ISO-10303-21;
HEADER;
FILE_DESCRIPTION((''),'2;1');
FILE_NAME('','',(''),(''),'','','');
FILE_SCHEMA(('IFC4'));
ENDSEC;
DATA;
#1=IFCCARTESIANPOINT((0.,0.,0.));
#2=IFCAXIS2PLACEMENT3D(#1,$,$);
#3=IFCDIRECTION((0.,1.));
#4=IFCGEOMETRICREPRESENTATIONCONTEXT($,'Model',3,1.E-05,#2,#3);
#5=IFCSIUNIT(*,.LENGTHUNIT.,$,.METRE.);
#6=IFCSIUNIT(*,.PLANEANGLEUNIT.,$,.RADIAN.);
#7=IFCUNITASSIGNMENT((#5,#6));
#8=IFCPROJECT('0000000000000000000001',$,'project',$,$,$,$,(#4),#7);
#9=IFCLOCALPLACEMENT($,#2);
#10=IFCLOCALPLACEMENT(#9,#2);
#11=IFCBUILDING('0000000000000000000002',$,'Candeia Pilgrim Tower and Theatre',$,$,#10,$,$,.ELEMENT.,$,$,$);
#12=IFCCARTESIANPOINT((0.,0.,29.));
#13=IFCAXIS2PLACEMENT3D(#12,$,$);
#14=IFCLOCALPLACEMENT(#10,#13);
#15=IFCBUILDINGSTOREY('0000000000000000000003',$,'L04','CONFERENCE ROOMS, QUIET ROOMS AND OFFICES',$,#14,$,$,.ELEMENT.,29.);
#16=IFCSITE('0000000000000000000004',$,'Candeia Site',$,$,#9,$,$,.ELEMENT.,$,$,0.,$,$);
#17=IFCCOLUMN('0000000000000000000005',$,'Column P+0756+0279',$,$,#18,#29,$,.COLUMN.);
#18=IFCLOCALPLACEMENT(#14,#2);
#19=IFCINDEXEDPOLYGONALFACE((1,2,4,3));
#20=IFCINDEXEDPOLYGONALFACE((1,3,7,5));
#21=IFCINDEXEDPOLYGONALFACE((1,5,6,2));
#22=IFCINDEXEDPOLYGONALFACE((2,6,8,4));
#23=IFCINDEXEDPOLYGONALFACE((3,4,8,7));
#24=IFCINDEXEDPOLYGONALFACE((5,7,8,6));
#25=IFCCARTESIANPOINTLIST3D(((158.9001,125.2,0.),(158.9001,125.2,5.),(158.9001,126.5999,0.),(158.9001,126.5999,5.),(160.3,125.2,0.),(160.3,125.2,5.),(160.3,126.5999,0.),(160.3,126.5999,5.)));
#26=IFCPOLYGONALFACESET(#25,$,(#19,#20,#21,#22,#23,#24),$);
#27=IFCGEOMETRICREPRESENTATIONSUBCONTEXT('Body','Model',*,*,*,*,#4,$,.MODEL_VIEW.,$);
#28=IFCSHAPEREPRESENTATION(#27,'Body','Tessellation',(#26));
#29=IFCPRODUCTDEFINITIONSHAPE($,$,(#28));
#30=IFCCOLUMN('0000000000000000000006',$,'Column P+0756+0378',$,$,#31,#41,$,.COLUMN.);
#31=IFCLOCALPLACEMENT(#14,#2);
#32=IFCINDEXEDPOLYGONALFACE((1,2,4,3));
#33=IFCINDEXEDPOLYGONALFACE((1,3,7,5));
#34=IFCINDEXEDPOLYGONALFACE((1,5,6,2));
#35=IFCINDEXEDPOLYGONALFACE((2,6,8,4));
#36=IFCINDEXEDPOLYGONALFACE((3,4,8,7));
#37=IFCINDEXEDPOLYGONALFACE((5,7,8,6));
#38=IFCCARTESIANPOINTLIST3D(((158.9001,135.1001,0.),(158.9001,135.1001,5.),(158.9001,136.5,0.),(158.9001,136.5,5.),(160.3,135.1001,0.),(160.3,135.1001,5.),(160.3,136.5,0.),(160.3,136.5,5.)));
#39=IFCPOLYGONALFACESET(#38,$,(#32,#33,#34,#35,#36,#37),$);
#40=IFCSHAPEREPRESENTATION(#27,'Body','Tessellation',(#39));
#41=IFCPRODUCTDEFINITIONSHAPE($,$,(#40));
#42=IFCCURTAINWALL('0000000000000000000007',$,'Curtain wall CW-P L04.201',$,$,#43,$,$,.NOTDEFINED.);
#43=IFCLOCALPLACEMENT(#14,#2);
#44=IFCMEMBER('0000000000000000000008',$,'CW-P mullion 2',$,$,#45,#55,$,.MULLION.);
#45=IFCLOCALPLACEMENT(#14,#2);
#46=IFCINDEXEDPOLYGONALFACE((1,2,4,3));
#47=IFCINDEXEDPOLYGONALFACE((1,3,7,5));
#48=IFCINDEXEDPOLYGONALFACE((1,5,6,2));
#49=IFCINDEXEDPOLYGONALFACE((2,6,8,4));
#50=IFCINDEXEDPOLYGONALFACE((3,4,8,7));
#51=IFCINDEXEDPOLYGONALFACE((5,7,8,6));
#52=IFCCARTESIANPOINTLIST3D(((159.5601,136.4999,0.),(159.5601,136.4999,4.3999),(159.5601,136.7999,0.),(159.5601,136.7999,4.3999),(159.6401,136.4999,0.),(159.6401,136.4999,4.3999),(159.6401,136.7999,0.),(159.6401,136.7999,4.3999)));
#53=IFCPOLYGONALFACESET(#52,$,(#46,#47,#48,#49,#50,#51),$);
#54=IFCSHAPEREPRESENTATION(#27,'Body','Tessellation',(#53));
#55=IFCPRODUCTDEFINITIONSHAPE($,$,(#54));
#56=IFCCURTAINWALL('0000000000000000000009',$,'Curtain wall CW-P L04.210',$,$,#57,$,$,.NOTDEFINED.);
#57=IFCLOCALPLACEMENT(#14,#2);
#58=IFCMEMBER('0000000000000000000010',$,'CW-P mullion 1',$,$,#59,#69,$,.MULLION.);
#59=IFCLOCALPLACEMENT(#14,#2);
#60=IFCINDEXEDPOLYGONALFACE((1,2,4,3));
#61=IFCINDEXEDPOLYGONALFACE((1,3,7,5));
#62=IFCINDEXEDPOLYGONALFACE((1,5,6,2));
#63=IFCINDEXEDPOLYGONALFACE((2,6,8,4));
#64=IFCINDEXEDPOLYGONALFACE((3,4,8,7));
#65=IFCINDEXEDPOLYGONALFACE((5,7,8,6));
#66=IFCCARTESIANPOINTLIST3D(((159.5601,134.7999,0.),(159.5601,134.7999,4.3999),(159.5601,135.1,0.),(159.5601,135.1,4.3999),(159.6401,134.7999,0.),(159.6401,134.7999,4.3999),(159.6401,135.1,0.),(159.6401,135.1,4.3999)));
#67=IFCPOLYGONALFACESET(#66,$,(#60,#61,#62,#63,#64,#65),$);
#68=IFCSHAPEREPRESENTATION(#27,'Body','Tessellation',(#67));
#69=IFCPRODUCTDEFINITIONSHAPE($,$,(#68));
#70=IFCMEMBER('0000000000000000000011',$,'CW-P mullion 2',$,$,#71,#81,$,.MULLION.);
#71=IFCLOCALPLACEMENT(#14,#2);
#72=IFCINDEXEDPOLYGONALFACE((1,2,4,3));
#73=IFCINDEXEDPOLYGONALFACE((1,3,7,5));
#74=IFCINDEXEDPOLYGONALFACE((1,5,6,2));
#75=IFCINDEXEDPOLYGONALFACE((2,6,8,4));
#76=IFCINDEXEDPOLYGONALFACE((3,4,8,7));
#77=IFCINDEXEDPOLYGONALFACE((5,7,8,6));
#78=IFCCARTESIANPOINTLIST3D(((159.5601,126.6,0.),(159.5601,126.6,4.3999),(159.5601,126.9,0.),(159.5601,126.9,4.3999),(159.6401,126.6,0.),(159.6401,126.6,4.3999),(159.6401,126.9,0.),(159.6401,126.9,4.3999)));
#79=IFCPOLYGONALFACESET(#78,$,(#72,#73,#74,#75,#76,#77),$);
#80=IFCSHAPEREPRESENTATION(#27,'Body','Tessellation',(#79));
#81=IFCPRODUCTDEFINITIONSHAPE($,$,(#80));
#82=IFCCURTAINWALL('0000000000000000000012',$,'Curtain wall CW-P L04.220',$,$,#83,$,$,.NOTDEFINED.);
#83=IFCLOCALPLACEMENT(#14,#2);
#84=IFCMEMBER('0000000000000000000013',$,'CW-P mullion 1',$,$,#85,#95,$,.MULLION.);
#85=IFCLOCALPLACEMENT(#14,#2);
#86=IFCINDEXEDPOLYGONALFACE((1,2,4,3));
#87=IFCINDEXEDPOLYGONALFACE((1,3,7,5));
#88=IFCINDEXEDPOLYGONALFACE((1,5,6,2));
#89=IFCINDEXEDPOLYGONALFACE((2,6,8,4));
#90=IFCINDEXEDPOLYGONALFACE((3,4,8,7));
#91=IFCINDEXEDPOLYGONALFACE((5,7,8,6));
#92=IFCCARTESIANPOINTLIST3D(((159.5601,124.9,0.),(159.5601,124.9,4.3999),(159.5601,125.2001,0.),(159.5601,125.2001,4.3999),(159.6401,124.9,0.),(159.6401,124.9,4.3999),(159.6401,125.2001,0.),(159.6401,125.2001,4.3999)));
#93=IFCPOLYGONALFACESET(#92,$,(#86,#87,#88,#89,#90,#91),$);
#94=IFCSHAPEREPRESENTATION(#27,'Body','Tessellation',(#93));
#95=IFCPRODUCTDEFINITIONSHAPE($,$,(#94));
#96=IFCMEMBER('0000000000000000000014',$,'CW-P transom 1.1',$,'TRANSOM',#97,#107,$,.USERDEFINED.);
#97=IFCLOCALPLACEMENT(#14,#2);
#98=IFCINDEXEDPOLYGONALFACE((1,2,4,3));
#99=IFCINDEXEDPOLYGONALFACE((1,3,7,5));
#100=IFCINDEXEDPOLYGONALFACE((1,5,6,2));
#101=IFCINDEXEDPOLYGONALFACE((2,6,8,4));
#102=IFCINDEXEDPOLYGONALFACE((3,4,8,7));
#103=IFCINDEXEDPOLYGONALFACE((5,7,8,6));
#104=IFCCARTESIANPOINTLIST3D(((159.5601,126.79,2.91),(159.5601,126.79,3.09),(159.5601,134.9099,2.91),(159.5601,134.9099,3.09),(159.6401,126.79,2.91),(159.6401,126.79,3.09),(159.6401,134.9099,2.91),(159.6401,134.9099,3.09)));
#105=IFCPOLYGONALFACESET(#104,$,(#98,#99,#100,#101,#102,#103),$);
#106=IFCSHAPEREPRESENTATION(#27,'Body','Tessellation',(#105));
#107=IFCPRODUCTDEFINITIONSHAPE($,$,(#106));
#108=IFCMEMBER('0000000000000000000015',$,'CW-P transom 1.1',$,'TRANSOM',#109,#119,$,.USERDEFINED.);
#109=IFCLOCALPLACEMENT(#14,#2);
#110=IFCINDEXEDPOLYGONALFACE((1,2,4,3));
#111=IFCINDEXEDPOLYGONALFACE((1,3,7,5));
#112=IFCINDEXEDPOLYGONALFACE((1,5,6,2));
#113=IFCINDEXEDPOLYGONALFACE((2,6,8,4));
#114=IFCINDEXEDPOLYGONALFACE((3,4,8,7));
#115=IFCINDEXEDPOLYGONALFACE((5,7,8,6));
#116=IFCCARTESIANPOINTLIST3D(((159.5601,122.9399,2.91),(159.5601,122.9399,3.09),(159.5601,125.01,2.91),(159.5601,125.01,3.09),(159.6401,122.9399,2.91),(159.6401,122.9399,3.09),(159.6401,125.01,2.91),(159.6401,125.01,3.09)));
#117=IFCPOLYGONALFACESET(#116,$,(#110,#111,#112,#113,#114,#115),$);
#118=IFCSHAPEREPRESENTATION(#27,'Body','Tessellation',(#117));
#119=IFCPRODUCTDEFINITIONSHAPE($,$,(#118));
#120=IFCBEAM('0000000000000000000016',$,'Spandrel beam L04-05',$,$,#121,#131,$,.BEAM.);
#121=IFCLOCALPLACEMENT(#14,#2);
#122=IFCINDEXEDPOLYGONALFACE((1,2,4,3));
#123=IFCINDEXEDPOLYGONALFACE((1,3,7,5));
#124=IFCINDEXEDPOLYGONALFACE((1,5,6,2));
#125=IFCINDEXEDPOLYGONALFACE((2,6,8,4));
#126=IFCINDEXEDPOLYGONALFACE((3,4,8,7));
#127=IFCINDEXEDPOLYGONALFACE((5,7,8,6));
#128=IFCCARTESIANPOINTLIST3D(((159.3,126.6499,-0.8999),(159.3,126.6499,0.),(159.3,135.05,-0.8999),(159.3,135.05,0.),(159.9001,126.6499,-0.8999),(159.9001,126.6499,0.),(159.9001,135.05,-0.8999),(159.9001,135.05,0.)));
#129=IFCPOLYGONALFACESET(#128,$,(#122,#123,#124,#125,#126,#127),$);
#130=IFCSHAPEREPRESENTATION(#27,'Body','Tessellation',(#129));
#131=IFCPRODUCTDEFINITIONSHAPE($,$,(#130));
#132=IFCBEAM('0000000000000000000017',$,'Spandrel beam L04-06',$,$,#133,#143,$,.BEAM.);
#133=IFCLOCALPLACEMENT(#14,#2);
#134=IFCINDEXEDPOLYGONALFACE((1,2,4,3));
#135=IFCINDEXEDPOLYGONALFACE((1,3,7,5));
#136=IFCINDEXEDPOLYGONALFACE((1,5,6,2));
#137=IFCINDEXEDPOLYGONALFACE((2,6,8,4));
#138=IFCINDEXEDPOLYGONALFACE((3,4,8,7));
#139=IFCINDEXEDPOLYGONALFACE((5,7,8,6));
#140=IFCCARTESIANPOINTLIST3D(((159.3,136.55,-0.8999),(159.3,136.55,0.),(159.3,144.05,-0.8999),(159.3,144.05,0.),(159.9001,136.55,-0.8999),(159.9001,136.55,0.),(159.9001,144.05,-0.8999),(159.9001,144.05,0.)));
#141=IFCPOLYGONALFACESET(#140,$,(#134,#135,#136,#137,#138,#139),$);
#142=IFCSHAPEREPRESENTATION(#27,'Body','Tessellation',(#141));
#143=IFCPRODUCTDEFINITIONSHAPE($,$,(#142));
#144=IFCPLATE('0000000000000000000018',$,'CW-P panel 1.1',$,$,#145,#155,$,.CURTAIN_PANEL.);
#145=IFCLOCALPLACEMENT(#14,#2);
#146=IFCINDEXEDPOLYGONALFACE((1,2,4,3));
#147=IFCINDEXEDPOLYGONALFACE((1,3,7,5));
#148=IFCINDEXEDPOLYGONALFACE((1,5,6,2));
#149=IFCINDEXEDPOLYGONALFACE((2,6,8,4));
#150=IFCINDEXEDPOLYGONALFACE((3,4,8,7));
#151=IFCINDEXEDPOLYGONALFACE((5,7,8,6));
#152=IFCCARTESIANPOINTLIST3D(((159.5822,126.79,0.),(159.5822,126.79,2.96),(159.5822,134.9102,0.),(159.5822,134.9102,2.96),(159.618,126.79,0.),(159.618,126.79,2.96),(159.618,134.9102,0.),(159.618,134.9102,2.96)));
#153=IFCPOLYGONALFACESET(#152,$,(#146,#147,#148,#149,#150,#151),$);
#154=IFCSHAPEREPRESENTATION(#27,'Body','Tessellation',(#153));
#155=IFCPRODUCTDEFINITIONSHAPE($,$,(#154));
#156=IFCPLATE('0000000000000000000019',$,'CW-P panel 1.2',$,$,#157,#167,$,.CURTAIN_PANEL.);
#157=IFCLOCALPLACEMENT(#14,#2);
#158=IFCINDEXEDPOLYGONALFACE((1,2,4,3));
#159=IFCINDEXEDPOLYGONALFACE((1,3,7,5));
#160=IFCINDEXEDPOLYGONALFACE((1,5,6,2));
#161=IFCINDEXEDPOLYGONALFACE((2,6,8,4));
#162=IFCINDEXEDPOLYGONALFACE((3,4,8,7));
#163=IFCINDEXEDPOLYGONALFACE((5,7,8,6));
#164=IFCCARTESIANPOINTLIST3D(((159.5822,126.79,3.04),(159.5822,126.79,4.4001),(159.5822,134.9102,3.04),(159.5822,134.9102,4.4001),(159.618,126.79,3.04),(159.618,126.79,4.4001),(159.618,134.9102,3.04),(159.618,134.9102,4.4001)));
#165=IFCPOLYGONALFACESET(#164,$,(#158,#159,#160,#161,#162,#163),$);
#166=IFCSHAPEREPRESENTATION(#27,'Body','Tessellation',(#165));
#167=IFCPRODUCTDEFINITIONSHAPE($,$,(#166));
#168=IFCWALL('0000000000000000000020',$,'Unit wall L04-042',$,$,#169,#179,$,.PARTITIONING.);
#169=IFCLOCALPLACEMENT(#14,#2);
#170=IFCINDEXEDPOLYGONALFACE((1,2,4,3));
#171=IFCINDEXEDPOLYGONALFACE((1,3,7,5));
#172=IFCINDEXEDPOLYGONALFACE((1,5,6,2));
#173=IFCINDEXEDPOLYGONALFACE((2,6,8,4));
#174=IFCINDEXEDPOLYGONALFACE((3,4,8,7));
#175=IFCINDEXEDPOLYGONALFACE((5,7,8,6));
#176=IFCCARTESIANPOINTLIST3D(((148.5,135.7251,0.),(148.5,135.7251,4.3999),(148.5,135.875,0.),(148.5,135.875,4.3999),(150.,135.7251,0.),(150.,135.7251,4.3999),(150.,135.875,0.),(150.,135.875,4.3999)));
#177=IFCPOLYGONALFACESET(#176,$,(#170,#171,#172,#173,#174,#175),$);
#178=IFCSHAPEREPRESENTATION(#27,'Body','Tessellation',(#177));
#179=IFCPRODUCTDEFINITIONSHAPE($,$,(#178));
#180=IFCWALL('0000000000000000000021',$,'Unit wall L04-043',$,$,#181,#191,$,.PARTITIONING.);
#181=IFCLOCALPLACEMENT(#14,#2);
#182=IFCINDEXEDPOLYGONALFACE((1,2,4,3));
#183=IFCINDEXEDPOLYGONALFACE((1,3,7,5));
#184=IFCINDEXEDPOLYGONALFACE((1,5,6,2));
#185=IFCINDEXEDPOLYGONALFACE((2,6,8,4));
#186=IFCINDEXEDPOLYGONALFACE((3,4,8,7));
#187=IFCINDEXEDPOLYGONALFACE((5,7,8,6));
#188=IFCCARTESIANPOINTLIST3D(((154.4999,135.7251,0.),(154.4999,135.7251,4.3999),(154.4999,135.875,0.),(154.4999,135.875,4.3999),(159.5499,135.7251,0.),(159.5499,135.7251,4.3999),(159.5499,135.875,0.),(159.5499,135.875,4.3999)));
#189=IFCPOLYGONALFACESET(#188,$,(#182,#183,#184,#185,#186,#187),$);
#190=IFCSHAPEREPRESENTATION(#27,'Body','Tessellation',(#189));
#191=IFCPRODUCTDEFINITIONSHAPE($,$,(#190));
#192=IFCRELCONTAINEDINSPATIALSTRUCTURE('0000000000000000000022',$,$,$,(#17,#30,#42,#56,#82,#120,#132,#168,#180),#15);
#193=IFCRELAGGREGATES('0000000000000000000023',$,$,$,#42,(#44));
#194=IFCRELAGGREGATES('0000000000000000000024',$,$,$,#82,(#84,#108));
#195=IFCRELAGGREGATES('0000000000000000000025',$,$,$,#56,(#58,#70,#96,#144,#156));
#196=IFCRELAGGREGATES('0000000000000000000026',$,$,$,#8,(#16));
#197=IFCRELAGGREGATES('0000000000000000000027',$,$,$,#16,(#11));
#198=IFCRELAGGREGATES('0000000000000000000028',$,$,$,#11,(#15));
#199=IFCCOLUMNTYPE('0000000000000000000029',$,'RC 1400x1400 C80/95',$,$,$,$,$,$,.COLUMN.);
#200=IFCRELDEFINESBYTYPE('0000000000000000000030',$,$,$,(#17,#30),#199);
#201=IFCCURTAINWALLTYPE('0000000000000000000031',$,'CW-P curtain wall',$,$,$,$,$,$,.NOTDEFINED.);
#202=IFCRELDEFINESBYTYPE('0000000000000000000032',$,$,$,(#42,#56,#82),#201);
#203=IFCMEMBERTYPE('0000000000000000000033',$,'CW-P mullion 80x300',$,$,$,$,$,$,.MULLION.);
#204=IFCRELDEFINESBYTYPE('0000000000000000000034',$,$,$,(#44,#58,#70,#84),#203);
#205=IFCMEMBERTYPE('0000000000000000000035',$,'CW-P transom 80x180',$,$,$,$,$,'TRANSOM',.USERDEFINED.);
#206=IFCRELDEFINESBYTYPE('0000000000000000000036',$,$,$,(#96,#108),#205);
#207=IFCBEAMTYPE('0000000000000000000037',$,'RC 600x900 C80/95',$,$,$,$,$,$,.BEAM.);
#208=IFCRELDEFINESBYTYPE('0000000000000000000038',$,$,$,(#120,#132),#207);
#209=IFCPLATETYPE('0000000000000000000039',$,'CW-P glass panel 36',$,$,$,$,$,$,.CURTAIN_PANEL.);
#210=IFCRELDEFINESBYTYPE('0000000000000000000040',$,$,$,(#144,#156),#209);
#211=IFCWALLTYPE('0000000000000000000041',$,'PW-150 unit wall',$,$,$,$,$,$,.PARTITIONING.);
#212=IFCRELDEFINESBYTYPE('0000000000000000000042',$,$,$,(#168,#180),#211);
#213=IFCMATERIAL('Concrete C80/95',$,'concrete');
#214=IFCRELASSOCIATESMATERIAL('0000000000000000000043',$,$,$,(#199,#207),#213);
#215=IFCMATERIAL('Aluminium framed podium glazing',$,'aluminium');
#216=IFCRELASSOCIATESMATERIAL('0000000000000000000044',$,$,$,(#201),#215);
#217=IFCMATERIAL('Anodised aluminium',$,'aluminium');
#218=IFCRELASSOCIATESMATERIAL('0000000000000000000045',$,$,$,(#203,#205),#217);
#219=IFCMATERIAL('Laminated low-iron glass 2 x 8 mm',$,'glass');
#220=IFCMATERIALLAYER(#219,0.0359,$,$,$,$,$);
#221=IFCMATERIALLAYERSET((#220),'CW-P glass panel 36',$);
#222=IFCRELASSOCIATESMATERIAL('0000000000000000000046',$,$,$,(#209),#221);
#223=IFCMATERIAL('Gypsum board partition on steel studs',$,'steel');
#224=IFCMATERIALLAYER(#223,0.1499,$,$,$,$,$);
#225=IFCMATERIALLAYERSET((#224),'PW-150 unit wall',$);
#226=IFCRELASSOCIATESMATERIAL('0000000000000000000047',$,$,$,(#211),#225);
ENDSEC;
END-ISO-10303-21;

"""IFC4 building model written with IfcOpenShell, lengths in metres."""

from ifc_helpers import new_model, si_unit, direction, frame, frame_2d, origin, origin_2d, place, context, subcontext, project, spatial, rectangle, extrude, material, layer, layer_set, material_profile, profile_set, type_object, element, aggregate, save


model = new_model("IFC4")

# Units and contexts
model_context = context("Model", 3, precision=1e-05, world=origin(), true_north=direction((0.0, 1.0)))
body_context = subcontext(model_context, "Body", "Model", "MODEL_VIEW")
ifc_project = project(units=[si_unit("LENGTHUNIT", "METRE"), si_unit("PLANEANGLEUNIT", "RADIAN")], contexts=[model_context])

# Site, building, storey
site_placement = place(None, origin())
site = spatial("IfcSite", under=ifc_project, at=site_placement, Name="Candeia Site", CompositionType="ELEMENT", RefElevation=0.0)
building_placement = place(site_placement, origin())
building = spatial("IfcBuilding", under=site, at=building_placement, Name="Candeia Pilgrim Tower and Theatre", CompositionType="ELEMENT")
storey_placement = place(building_placement, frame((0.0, 0.0, 29.0)))
storey = spatial("IfcBuildingStorey", under=building, at=storey_placement, Name="L04", Description="CONFERENCE ROOMS, QUIET ROOMS AND OFFICES", CompositionType="ELEMENT", Elevation=29.0)

# Columns
ifc_material_1 = material(Name="Concrete C80/95", Category="concrete")
ifc_material_profile_1 = material_profile(ifc_material_1, rectangle(XDim=1.3999, YDim=1.3999, at=origin_2d()))
ifc_profile_set_1 = profile_set([ifc_material_profile_1], Name="Concrete C80/95")
column_type = type_object("IfcColumnType", Name="RC 1400x1400 C80/95", PredefinedType="COLUMN", material=ifc_profile_set_1)
for number, where, z_axis, x_axis, name in (
    (1, (159.6001, 125.8999, 0.0), (0.0, 0.0, 1.0), (1.0, 0.0, 0.0), "Column P+0756+0279"),
    (2, (159.6001, 135.8, 0.0), (0.0, 0.0, 1.0), (1.0, 0.0, 0.0), "Column P+0756+0378"),
):
    element("IfcColumn", number, at=place(storey_placement, frame(where, z_axis=z_axis, x_axis=x_axis)), inside=storey, type_object=column_type, Name=name, PredefinedType="COLUMN", context=body_context, shape_type="SweptSolid", body=[
        extrude(rectangle(XDim=1.3999, YDim=1.3999, at=origin_2d()), origin(), (0.0, 0.0, 1.0), 5.0),
    ])

# Curtain wall, member
ifc_material_2 = material(Name="Aluminium framed podium glazing", Category="aluminium")
curtain_wall_type = type_object("IfcCurtainWallType", Name="CW-P curtain wall", PredefinedType="NOTDEFINED", material=ifc_material_2)
curtain_wall_1_placement = place(storey_placement, origin())
curtain_wall_1 = element("IfcCurtainWall", 3, at=curtain_wall_1_placement, inside=storey, type_object=curtain_wall_type, Name="Curtain wall CW-P L04.201", PredefinedType="NOTDEFINED")
ifc_material_3 = material(Name="Anodised aluminium", Category="aluminium")
ifc_material_profile_2 = material_profile(ifc_material_3, rectangle(XDim=0.0801, YDim=0.3, at=origin_2d()))
ifc_profile_set_2 = profile_set([ifc_material_profile_2], Name="Anodised aluminium")
member_type_1 = type_object("IfcMemberType", Name="CW-P mullion 80x300", PredefinedType="MULLION", material=ifc_profile_set_2)
member_1_placement = place(storey_placement, frame((159.6001, 136.6499, 0.0), z_axis=(0.0, 0.0, 1.0), x_axis=(1.0, 0.0, 0.0)))
member_1 = element("IfcMember", 4, at=member_1_placement, type_object=member_type_1, Name="CW-P mullion 2", PredefinedType="MULLION", context=body_context, shape_type="SweptSolid", body=[
    extrude(rectangle(XDim=0.0801, YDim=0.3, at=origin_2d()), origin(), (0.0, 0.0, 1.0), 4.3999),
])
aggregate(curtain_wall_1, [member_1])

# Curtain wall, members
curtain_wall_2_placement = place(storey_placement, origin())
curtain_wall_2 = element("IfcCurtainWall", 5, at=curtain_wall_2_placement, inside=storey, type_object=curtain_wall_type, Name="Curtain wall CW-P L04.210", PredefinedType="NOTDEFINED")
member_2_placement = place(storey_placement, frame((159.6001, 134.95, 0.0), z_axis=(0.0, 0.0, 1.0), x_axis=(1.0, 0.0, 0.0)))
member_2 = element("IfcMember", 6, at=member_2_placement, type_object=member_type_1, Name="CW-P mullion 1", PredefinedType="MULLION", context=body_context, shape_type="SweptSolid", body=[
    extrude(rectangle(XDim=0.0801, YDim=0.3, at=origin_2d()), origin(), (0.0, 0.0, 1.0), 4.3999),
])
member_3_placement = place(storey_placement, frame((159.6001, 126.75, 0.0), z_axis=(0.0, 0.0, 1.0), x_axis=(1.0, 0.0, 0.0)))
member_3 = element("IfcMember", 7, at=member_3_placement, type_object=member_type_1, Name="CW-P mullion 2", PredefinedType="MULLION", context=body_context, shape_type="SweptSolid", body=[
    extrude(rectangle(XDim=0.0801, YDim=0.3, at=origin_2d()), origin(), (0.0, 0.0, 1.0), 4.3999),
])

# Curtain wall, member
curtain_wall_3_placement = place(storey_placement, origin())
curtain_wall_3 = element("IfcCurtainWall", 8, at=curtain_wall_3_placement, inside=storey, type_object=curtain_wall_type, Name="Curtain wall CW-P L04.220", PredefinedType="NOTDEFINED")
member_4_placement = place(storey_placement, frame((159.6001, 125.05, 0.0), z_axis=(0.0, 0.0, 1.0), x_axis=(1.0, 0.0, 0.0)))
member_4 = element("IfcMember", 9, at=member_4_placement, type_object=member_type_1, Name="CW-P mullion 1", PredefinedType="MULLION", context=body_context, shape_type="SweptSolid", body=[
    extrude(rectangle(XDim=0.0801, YDim=0.3, at=origin_2d()), origin(), (0.0, 0.0, 1.0), 4.3999),
])

# Members
ifc_material_profile_3 = material_profile(ifc_material_3, rectangle(XDim=0.0801, YDim=0.1799, at=origin_2d()))
ifc_profile_set_3 = profile_set([ifc_material_profile_3], Name="Anodised aluminium")
member_type_2 = type_object("IfcMemberType", Name="CW-P transom 80x180", ElementType="TRANSOM", PredefinedType="USERDEFINED", material=ifc_profile_set_3)
member_5_placement = place(storey_placement, frame((159.6001, 134.9099, 3.0), z_axis=(0.0, -1.0, 0.0), x_axis=(1.0, 0.0, 0.0)))
member_5 = element("IfcMember", 10, at=member_5_placement, type_object=member_type_2, Name="CW-P transom 1.1", ObjectType="TRANSOM", PredefinedType="USERDEFINED", context=body_context, shape_type="SweptSolid", body=[
    extrude(rectangle(XDim=0.0801, YDim=0.1799, at=origin_2d()), origin(), (0.0, 0.0, 1.0), 8.1199),
])
member_6_placement = place(storey_placement, frame((159.6001, 125.01, 3.0), z_axis=(0.0, -1.0, 0.0), x_axis=(1.0, 0.0, 0.0)))
member_6 = element("IfcMember", 11, at=member_6_placement, type_object=member_type_2, Name="CW-P transom 1.1", ObjectType="TRANSOM", PredefinedType="USERDEFINED", context=body_context, shape_type="SweptSolid", body=[
    extrude(rectangle(XDim=0.0801, YDim=0.1799, at=origin_2d()), origin(), (0.0, 0.0, 1.0), 2.0701),
])
aggregate(curtain_wall_3, [member_4, member_6])

# Beams
ifc_material_profile_4 = material_profile(ifc_material_1, rectangle(XDim=0.6001, YDim=0.8999, at=origin_2d()))
ifc_profile_set_4 = profile_set([ifc_material_profile_4], Name="Concrete C80/95")
beam_type = type_object("IfcBeamType", Name="RC 600x900 C80/95", PredefinedType="BEAM", material=ifc_profile_set_4)
beam_1_placement = place(storey_placement, frame((159.6001, 126.6499, -0.45), z_axis=(0.0, 1.0, 0.0), x_axis=(-1.0, 0.0, 0.0)))
element("IfcBeam", 12, at=beam_1_placement, inside=storey, type_object=beam_type, Name="Spandrel beam L04-05", PredefinedType="BEAM", context=body_context, shape_type="SweptSolid", body=[
    extrude(rectangle(XDim=0.6001, YDim=0.8999, at=origin_2d()), origin(), (0.0, 0.0, 1.0), 8.4001),
])
beam_2_placement = place(storey_placement, frame((159.6001, 136.55, -0.45), z_axis=(0.0, 1.0, 0.0), x_axis=(-1.0, 0.0, 0.0)))
element("IfcBeam", 13, at=beam_2_placement, inside=storey, type_object=beam_type, Name="Spandrel beam L04-06", PredefinedType="BEAM", context=body_context, shape_type="SweptSolid", body=[
    extrude(rectangle(XDim=0.6001, YDim=0.8999, at=origin_2d()), origin(), (0.0, 0.0, 1.0), 7.5),
])

# Plates
ifc_material_4 = material(Name="Laminated low-iron glass 2 x 8 mm", Category="glass")
ifc_layer_1 = layer(ifc_material_4, 0.0359)
ifc_layer_set_1 = layer_set([ifc_layer_1], Name="CW-P glass panel 36")
plate_type = type_object("IfcPlateType", Name="CW-P glass panel 36", PredefinedType="CURTAIN_PANEL", material=ifc_layer_set_1)
plate_1_placement = place(storey_placement, frame((159.6001, 130.8501, 0.0), z_axis=(0.0, 0.0, 1.0), x_axis=(0.0, -1.0, 0.0)))
plate_1 = element("IfcPlate", 14, at=plate_1_placement, type_object=plate_type, Name="CW-P panel 1.1", PredefinedType="CURTAIN_PANEL", context=body_context, shape_type="SweptSolid", body=[
    extrude(rectangle(XDim=8.1201, YDim=0.0359, at=origin_2d()), origin(), (0.0, 0.0, 1.0), 2.96),
])
plate_2_placement = place(storey_placement, frame((159.6001, 130.8501, 3.04), z_axis=(0.0, 0.0, 1.0), x_axis=(0.0, -1.0, 0.0)))
plate_2 = element("IfcPlate", 15, at=plate_2_placement, type_object=plate_type, Name="CW-P panel 1.2", PredefinedType="CURTAIN_PANEL", context=body_context, shape_type="SweptSolid", body=[
    extrude(rectangle(XDim=8.1201, YDim=0.0359, at=origin_2d()), origin(), (0.0, 0.0, 1.0), 1.3601),
])
aggregate(curtain_wall_2, [member_2, member_3, member_5, plate_1, plate_2])

# Walls
ifc_material_5 = material(Name="Gypsum board partition on steel studs", Category="steel")
ifc_layer_2 = layer(ifc_material_5, 0.1499)
ifc_layer_set_2 = layer_set([ifc_layer_2], Name="PW-150 unit wall")
wall_type_1 = type_object("IfcWallType", Name="PW-150 unit wall", PredefinedType="PARTITIONING", material=ifc_layer_set_2)
wall_1_placement = place(storey_placement, frame((148.5, 135.8, 0.0), z_axis=(0.0, 0.0, 1.0), x_axis=(1.0, 0.0, 0.0)))
element("IfcWall", 16, at=wall_1_placement, inside=storey, type_object=wall_type_1, Name="Unit wall L04-042", PredefinedType="PARTITIONING", context=body_context, shape_type="SweptSolid", body=[
    extrude(rectangle(XDim=1.5, YDim=0.1499, at=frame_2d((0.75, 0.0))), origin(), (0.0, 0.0, 1.0), 4.3999),
])
wall_2_placement = place(storey_placement, frame((154.5, 135.8, 0.0), z_axis=(0.0, 0.0, 1.0), x_axis=(1.0, 0.0, 0.0)))
element("IfcWall", 17, at=wall_2_placement, inside=storey, type_object=wall_type_1, Name="Unit wall L04-043", PredefinedType="PARTITIONING", context=body_context, shape_type="SweptSolid", body=[
    extrude(rectangle(XDim=5.05, YDim=0.1499, at=frame_2d((2.5249, 0.0))), origin(), (0.0, 0.0, 1.0), 4.3999),
])

save(model, "model.ifc")
